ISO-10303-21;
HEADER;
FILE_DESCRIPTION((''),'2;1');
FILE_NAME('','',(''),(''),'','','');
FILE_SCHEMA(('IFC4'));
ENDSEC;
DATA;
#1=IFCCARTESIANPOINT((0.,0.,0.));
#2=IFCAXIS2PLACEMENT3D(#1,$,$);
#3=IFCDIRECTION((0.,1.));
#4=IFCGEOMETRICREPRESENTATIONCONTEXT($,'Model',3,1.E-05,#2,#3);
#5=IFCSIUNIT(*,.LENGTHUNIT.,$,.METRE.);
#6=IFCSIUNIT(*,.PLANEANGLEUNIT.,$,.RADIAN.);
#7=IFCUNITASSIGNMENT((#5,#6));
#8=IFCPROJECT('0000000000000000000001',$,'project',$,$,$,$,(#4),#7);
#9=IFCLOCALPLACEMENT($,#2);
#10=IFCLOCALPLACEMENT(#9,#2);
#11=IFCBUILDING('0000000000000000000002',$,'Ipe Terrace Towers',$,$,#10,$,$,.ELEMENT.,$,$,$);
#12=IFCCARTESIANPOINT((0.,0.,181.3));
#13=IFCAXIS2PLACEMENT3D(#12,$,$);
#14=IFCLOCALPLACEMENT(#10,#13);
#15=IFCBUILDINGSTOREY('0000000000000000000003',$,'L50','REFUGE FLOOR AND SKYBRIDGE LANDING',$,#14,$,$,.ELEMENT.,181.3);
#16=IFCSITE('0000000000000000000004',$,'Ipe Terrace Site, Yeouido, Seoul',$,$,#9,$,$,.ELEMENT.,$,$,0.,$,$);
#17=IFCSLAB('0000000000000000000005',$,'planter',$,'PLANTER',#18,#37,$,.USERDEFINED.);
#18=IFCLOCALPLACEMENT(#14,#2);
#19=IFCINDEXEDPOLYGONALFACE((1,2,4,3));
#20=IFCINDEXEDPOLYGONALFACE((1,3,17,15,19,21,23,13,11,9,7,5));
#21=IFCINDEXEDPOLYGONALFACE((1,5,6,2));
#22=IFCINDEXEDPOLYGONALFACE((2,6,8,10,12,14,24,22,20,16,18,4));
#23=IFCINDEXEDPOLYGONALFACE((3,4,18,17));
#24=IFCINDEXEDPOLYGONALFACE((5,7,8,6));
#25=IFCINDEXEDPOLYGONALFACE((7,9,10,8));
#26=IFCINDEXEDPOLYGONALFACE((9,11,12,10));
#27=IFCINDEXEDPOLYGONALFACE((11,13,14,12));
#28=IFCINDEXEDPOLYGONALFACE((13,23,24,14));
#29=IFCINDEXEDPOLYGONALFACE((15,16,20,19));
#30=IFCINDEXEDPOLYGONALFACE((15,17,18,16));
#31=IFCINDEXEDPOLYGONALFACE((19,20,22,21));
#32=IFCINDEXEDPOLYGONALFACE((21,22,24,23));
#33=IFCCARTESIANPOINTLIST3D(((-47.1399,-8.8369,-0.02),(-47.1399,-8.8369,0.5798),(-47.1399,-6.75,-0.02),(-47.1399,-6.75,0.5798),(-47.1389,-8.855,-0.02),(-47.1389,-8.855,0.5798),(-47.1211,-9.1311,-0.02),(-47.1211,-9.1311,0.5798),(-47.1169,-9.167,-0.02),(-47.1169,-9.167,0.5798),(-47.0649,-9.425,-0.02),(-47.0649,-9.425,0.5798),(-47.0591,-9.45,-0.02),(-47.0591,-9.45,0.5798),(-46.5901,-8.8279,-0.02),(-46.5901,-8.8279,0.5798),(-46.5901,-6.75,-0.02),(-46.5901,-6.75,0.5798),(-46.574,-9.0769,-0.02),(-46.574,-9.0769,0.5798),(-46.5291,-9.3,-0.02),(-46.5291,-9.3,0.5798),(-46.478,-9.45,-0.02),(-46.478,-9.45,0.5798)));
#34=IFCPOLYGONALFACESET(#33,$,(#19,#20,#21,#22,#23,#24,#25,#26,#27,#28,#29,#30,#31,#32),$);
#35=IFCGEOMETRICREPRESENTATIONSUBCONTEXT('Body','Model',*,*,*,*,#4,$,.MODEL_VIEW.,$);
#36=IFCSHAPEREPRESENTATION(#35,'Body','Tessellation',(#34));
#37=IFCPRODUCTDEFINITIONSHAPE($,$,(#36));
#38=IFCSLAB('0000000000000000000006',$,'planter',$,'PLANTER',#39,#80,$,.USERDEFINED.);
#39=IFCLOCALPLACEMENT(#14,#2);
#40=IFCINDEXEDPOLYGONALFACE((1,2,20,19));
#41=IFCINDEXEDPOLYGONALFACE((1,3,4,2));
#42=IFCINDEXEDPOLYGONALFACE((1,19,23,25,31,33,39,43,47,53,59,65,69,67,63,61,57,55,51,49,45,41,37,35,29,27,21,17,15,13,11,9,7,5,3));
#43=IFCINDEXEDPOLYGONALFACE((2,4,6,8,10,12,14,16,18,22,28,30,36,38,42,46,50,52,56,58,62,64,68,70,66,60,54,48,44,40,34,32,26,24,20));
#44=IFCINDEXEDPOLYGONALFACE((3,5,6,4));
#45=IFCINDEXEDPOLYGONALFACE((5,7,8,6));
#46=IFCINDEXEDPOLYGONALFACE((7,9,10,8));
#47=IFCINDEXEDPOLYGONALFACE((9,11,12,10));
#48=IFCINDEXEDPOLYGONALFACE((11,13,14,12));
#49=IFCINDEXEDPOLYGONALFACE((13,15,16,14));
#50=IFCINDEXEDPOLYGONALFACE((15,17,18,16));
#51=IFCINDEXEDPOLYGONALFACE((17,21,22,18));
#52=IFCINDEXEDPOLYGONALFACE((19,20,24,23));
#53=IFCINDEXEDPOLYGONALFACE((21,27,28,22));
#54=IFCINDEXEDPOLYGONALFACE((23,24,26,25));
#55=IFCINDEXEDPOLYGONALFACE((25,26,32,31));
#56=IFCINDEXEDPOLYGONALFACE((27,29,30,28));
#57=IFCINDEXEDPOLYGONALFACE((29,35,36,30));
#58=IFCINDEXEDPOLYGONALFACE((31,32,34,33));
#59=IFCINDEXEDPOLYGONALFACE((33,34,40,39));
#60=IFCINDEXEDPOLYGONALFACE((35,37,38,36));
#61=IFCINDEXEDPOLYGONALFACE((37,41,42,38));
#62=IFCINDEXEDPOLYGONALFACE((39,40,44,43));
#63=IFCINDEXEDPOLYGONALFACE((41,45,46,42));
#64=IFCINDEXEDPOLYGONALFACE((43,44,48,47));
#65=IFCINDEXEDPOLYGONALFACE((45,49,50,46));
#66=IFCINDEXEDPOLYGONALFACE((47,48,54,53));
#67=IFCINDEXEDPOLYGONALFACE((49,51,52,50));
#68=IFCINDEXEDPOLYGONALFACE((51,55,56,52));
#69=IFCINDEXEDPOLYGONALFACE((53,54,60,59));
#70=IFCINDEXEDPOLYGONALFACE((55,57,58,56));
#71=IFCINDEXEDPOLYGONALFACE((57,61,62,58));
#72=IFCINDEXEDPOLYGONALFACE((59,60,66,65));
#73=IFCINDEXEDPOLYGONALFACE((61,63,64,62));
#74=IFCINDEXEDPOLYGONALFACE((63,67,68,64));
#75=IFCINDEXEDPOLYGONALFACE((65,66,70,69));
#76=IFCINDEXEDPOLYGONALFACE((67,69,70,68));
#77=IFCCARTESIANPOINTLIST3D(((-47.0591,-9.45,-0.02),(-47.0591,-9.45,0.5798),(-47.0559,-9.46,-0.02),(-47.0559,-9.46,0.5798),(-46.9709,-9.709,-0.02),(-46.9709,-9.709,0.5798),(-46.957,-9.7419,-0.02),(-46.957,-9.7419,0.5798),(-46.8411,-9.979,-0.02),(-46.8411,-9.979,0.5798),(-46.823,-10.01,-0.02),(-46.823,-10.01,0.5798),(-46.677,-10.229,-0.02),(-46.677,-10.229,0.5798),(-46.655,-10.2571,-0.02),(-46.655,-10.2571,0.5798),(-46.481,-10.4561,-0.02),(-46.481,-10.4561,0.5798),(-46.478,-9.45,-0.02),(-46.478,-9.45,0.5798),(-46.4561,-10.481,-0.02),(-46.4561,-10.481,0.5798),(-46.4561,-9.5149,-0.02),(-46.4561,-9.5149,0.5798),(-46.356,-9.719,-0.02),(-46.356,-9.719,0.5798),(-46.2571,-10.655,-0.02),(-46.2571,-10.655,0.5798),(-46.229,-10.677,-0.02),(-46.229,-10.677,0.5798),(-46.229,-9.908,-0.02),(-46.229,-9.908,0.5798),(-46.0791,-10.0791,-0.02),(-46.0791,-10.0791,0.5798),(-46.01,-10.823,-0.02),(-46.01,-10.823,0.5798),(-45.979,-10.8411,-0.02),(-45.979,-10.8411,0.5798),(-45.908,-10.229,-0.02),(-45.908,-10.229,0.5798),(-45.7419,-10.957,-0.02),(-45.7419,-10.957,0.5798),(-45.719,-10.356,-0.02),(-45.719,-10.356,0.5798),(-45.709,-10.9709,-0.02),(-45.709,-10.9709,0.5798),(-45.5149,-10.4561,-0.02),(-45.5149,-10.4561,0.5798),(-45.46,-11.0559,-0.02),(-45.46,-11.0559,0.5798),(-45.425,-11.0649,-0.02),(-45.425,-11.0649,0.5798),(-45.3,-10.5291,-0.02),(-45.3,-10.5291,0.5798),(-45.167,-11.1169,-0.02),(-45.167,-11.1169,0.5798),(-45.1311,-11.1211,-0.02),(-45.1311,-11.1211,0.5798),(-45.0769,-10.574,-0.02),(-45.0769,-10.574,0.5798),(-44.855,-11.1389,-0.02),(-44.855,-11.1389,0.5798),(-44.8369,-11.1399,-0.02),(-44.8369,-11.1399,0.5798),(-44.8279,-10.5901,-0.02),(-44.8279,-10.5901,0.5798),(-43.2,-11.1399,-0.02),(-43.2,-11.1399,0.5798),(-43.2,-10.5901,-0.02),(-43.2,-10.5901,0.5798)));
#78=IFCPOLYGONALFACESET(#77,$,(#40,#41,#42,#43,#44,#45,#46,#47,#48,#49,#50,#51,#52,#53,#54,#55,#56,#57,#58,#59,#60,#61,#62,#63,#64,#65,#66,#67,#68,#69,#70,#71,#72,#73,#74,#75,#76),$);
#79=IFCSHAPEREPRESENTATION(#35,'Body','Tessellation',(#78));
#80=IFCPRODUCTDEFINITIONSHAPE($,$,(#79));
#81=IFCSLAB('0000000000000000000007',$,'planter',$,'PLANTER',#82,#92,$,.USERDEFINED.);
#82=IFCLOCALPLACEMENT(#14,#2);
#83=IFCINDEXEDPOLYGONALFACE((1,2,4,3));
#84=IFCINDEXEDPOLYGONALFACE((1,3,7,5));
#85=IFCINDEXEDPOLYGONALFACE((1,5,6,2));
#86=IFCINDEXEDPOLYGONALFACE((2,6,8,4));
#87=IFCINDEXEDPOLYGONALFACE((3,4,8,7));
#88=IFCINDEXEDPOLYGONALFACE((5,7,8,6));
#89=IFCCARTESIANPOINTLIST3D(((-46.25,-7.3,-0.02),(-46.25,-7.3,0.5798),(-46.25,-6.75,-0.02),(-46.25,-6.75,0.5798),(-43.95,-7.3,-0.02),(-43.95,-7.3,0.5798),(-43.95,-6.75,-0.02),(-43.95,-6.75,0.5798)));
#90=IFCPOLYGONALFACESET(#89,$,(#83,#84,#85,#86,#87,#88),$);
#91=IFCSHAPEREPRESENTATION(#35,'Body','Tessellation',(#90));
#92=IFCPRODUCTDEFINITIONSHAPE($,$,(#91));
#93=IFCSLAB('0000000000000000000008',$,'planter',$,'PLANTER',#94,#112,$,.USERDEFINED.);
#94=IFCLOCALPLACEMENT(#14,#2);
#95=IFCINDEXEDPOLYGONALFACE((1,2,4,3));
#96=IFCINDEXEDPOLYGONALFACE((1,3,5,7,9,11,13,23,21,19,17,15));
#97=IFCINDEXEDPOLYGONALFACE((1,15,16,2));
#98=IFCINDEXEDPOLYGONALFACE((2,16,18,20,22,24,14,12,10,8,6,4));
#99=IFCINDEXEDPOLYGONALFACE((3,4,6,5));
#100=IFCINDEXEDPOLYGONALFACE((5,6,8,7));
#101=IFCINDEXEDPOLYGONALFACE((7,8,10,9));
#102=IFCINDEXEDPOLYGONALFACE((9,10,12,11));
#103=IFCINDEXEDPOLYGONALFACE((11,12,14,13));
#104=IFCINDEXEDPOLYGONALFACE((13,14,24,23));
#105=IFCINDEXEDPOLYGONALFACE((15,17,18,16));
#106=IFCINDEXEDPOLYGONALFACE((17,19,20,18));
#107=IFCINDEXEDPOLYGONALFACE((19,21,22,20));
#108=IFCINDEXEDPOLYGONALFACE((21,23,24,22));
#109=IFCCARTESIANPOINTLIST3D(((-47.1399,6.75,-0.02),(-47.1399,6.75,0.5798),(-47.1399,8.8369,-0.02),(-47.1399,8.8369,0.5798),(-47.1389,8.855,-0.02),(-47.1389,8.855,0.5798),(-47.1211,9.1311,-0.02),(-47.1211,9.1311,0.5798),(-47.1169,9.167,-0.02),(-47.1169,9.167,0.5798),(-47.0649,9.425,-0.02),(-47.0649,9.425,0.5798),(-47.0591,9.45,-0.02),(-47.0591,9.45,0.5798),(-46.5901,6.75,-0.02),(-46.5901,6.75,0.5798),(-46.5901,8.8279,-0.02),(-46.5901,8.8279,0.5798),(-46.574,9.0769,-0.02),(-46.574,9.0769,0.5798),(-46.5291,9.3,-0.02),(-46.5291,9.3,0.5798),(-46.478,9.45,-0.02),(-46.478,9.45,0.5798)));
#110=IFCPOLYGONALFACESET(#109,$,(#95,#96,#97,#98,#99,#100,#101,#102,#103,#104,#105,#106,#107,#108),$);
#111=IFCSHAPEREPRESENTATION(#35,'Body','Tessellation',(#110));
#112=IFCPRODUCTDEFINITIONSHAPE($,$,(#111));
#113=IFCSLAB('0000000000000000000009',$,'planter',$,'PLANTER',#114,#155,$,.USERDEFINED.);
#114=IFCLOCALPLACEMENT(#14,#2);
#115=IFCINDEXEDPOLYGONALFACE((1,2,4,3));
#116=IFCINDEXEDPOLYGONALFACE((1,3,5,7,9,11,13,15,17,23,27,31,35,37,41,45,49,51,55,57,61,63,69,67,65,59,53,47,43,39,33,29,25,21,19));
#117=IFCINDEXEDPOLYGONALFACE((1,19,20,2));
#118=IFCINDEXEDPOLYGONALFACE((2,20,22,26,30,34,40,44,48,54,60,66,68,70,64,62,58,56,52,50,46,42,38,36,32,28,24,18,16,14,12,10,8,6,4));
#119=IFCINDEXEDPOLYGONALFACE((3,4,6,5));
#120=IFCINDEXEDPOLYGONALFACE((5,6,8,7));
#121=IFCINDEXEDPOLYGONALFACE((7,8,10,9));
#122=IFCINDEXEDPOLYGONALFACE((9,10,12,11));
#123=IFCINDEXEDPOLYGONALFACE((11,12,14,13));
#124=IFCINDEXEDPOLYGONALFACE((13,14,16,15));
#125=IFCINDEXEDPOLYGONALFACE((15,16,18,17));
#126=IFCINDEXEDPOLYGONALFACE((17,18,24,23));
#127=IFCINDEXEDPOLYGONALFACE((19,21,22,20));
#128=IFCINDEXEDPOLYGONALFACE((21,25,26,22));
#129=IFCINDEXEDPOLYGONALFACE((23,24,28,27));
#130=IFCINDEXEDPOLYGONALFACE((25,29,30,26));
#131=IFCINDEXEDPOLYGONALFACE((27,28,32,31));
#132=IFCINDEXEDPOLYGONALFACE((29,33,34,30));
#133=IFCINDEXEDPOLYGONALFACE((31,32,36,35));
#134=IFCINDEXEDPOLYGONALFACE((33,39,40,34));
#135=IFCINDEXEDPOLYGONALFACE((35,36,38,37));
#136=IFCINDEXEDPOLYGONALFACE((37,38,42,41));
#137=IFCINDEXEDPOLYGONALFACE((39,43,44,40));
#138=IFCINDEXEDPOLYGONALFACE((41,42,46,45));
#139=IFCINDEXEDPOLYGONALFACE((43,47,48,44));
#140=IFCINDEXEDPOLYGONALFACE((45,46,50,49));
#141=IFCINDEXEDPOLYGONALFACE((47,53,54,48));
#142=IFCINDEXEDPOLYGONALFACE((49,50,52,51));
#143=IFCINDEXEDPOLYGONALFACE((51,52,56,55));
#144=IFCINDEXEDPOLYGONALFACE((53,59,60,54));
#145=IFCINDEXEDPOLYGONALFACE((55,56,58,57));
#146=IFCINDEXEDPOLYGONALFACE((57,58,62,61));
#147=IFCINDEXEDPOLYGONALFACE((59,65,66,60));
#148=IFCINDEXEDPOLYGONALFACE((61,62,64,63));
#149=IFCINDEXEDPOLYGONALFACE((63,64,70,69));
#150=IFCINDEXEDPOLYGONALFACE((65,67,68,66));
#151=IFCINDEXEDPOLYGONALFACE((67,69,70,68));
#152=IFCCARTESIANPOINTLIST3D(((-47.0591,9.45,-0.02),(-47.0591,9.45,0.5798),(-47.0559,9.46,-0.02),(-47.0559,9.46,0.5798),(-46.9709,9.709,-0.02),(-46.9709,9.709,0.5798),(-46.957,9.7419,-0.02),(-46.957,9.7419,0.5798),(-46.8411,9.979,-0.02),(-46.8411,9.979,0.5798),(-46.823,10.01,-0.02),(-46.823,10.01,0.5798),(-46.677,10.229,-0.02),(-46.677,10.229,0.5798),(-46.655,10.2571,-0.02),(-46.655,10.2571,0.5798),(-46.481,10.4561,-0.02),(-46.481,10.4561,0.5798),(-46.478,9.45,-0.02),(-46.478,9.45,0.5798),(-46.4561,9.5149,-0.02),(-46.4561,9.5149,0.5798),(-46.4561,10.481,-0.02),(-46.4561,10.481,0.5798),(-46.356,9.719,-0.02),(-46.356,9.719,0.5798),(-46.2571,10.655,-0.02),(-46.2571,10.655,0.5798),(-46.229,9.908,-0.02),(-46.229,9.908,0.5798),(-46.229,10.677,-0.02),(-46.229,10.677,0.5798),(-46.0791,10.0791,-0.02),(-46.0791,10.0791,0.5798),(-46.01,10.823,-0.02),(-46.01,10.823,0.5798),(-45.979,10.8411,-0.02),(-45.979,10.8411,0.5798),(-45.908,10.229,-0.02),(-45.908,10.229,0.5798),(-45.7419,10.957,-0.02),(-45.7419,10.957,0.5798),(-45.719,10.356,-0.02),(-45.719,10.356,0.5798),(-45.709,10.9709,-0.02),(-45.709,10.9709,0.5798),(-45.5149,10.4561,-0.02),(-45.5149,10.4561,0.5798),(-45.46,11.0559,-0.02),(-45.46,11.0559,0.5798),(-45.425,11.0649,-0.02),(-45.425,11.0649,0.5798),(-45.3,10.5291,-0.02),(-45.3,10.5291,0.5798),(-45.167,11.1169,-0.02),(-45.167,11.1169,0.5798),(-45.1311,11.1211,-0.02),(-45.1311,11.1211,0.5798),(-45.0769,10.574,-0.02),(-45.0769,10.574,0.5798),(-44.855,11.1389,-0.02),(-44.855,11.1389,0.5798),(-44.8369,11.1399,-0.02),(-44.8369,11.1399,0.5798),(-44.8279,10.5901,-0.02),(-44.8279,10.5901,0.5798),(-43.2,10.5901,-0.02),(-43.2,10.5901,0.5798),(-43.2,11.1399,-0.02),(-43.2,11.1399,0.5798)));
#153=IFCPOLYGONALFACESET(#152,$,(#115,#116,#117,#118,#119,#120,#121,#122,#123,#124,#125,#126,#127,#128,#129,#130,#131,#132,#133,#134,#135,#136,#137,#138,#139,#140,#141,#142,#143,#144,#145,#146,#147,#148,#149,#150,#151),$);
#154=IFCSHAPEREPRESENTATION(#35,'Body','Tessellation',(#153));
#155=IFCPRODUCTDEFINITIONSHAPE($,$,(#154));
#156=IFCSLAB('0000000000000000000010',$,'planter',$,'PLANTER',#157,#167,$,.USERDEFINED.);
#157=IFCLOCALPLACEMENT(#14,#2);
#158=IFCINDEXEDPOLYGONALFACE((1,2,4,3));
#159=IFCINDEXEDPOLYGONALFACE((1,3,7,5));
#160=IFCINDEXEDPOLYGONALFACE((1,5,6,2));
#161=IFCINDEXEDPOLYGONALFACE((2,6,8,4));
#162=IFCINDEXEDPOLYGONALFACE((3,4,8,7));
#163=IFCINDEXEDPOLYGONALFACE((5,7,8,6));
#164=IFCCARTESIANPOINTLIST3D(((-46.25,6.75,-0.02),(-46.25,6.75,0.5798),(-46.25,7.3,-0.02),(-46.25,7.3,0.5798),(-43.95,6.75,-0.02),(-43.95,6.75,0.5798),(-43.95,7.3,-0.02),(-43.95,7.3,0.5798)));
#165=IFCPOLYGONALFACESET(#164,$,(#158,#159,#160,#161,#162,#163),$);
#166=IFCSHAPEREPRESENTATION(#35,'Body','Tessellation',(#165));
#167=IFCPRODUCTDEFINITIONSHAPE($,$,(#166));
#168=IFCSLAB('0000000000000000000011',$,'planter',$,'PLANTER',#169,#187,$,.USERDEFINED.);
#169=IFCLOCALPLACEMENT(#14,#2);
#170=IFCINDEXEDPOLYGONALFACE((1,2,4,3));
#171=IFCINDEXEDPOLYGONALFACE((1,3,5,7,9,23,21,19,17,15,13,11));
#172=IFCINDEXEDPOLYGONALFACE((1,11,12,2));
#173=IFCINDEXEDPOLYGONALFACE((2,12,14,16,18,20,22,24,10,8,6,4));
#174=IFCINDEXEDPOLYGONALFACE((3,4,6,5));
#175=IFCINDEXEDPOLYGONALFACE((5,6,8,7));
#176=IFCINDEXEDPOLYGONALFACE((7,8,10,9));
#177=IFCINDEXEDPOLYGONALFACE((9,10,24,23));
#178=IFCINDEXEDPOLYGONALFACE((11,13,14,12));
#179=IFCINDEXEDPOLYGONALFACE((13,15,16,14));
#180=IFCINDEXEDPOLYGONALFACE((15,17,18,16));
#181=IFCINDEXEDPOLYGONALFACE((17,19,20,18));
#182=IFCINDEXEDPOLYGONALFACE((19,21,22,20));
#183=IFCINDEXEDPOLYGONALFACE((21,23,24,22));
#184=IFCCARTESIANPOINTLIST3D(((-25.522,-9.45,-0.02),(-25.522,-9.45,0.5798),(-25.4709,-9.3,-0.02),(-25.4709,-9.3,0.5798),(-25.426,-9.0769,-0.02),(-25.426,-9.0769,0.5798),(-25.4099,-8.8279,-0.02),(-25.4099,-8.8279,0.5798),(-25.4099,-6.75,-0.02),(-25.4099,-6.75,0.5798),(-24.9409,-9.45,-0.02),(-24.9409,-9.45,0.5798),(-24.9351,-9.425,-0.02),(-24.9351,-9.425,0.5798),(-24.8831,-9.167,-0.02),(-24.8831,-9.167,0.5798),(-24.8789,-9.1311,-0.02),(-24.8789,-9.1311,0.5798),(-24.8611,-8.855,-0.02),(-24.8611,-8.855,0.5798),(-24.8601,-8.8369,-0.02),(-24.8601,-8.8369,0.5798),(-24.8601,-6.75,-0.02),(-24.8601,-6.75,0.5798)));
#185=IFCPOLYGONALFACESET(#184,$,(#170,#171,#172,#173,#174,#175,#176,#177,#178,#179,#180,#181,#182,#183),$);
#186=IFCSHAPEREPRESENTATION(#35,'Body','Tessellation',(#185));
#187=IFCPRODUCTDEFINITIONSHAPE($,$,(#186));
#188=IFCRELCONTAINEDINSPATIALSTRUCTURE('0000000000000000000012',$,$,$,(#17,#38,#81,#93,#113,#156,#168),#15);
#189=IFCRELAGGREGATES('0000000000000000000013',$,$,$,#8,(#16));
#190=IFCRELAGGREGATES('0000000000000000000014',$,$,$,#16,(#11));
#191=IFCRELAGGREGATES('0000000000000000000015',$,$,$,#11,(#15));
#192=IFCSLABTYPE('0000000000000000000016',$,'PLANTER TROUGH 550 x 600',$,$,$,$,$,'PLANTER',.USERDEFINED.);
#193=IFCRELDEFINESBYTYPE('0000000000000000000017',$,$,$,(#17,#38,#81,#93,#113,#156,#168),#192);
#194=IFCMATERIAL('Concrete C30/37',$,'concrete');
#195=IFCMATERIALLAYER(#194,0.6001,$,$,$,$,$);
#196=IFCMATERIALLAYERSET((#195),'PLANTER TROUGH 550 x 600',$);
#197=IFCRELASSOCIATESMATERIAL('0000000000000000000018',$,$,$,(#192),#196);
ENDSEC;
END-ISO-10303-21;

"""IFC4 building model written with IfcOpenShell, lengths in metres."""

from ifc_helpers import new_model, si_unit, direction, frame, origin, place, context, subcontext, project, spatial, polyline, outline, extrude, material, layer, layer_set, type_object, element, save


model = new_model("IFC4")

# Units and contexts
model_context = context("Model", 3, precision=1e-05, world=origin(), true_north=direction((0.0, 1.0)))
body_context = subcontext(model_context, "Body", "Model", "MODEL_VIEW")
ifc_project = project(units=[si_unit("LENGTHUNIT", "METRE"), si_unit("PLANEANGLEUNIT", "RADIAN")], contexts=[model_context])

# Site, building, storey
site_placement = place(None, origin())
site = spatial("IfcSite", under=ifc_project, at=site_placement, Name="Ipe Terrace Site, Yeouido, Seoul", CompositionType="ELEMENT", RefElevation=0.0)
building_placement = place(site_placement, origin())
building = spatial("IfcBuilding", under=site, at=building_placement, Name="Ipe Terrace Towers", CompositionType="ELEMENT")
storey_placement = place(building_placement, frame((0.0, 0.0, 181.3)))
storey = spatial("IfcBuildingStorey", under=building, at=storey_placement, Name="L50", Description="REFUGE FLOOR AND SKYBRIDGE LANDING", CompositionType="ELEMENT", Elevation=181.3)

# Slabs
ifc_material_1 = material(Name="Concrete C30/37", Category="concrete")
ifc_layer_1 = layer(ifc_material_1, 0.6001)
ifc_layer_set_1 = layer_set([ifc_layer_1], Name="PLANTER TROUGH 550 x 600")
slab_type_1 = type_object("IfcSlabType", Name="PLANTER TROUGH 550 x 600", ElementType="PLANTER", PredefinedType="USERDEFINED", material=ifc_layer_set_1)
slab_1_placement = place(storey_placement, frame((0.0, 0.0, -0.02)))
element("IfcSlab", 1, at=slab_1_placement, inside=storey, type_object=slab_type_1, Name="planter", ObjectType="PLANTER", PredefinedType="USERDEFINED", context=body_context, shape_type="SweptSolid", body=[
    extrude(outline(polyline([(-46.5291, -9.3), (-46.574, -9.0769), (-46.5901, -8.8279), (-46.5901, -6.75), (-47.1399, -6.75), (-47.1399, -8.8369), (-47.1389, -8.855), (-47.1211, -9.1311), (-47.1169, -9.167), (-47.0649, -9.425), (-47.0591, -9.45), (-46.478, -9.45), (-46.5291, -9.3)])), origin(), (0.0, 0.0, 1.0), 0.5999),
])
slab_2_placement = place(storey_placement, frame((0.0, 0.0, -0.02)))
element("IfcSlab", 2, at=slab_2_placement, inside=storey, type_object=slab_type_1, Name="planter", ObjectType="PLANTER", PredefinedType="USERDEFINED", context=body_context, shape_type="SweptSolid", body=[
    extrude(outline(polyline([(-46.4561, -9.5149), (-46.478, -9.45), (-47.0591, -9.45), (-47.0559, -9.46), (-46.9709, -9.709), (-46.957, -9.7419), (-46.8411, -9.979), (-46.823, -10.01), (-46.677, -10.229), (-46.655, -10.2571), (-46.481, -10.4561), (-46.4561, -10.481), (-46.2571, -10.655), (-46.229, -10.677), (-46.01, -10.823), (-45.979, -10.8411), (-45.7419, -10.957), (-45.709, -10.9709), (-45.46, -11.0559), (-45.425, -11.0649), (-45.167, -11.1169), (-45.1311, -11.1211), (-44.855, -11.1389), (-44.8369, -11.1399), (-43.2, -11.1399), (-43.2, -10.5901), (-44.8279, -10.5901), (-45.0769, -10.574), (-45.3, -10.5291), (-45.5149, -10.4561), (-45.719, -10.356), (-45.908, -10.229), (-46.0791, -10.0791), (-46.229, -9.908), (-46.356, -9.719), (-46.4561, -9.5149)])), origin(), (0.0, 0.0, 1.0), 0.5999),
])
slab_3_placement = place(storey_placement, frame((0.0, 0.0, -0.02)))
element("IfcSlab", 3, at=slab_3_placement, inside=storey, type_object=slab_type_1, Name="planter", ObjectType="PLANTER", PredefinedType="USERDEFINED", context=body_context, shape_type="SweptSolid", body=[
    extrude(outline(polyline([(-43.95, -6.75), (-46.25, -6.75), (-46.25, -7.3), (-43.95, -7.3), (-43.95, -6.75)])), origin(), (0.0, 0.0, 1.0), 0.5999),
])
slab_4_placement = place(storey_placement, frame((0.0, 0.0, -0.02)))
element("IfcSlab", 4, at=slab_4_placement, inside=storey, type_object=slab_type_1, Name="planter", ObjectType="PLANTER", PredefinedType="USERDEFINED", context=body_context, shape_type="SweptSolid", body=[
    extrude(outline(polyline([(-46.5291, 9.3), (-46.478, 9.45), (-47.0591, 9.45), (-47.0649, 9.425), (-47.1169, 9.167), (-47.1211, 9.1311), (-47.1389, 8.855), (-47.1399, 8.8369), (-47.1399, 6.75), (-46.5901, 6.75), (-46.5901, 8.8279), (-46.574, 9.0769), (-46.5291, 9.3)])), origin(), (0.0, 0.0, 1.0), 0.5999),
])
slab_5_placement = place(storey_placement, frame((0.0, 0.0, -0.02)))
element("IfcSlab", 5, at=slab_5_placement, inside=storey, type_object=slab_type_1, Name="planter", ObjectType="PLANTER", PredefinedType="USERDEFINED", context=body_context, shape_type="SweptSolid", body=[
    extrude(outline(polyline([(-46.4561, 9.5149), (-46.356, 9.719), (-46.229, 9.908), (-46.0791, 10.0791), (-45.908, 10.229), (-45.719, 10.356), (-45.5149, 10.4561), (-45.3, 10.5291), (-45.0769, 10.574), (-44.8279, 10.5901), (-43.2, 10.5901), (-43.2, 11.1399), (-44.8369, 11.1399), (-44.855, 11.1389), (-45.1311, 11.1211), (-45.167, 11.1169), (-45.425, 11.0649), (-45.46, 11.0559), (-45.709, 10.9709), (-45.7419, 10.957), (-45.979, 10.8411), (-46.01, 10.823), (-46.229, 10.677), (-46.2571, 10.655), (-46.4561, 10.481), (-46.481, 10.4561), (-46.655, 10.2571), (-46.677, 10.229), (-46.823, 10.01), (-46.8411, 9.979), (-46.957, 9.7419), (-46.9709, 9.709), (-47.0559, 9.46), (-47.0591, 9.45), (-46.478, 9.45), (-46.4561, 9.5149)])), origin(), (0.0, 0.0, 1.0), 0.5999),
])
slab_6_placement = place(storey_placement, frame((0.0, 0.0, -0.02)))
element("IfcSlab", 6, at=slab_6_placement, inside=storey, type_object=slab_type_1, Name="planter", ObjectType="PLANTER", PredefinedType="USERDEFINED", context=body_context, shape_type="SweptSolid", body=[
    extrude(outline(polyline([(-43.95, 6.75), (-43.95, 7.3), (-46.25, 7.3), (-46.25, 6.75), (-43.95, 6.75)])), origin(), (0.0, 0.0, 1.0), 0.5999),
])
slab_7_placement = place(storey_placement, frame((0.0, 0.0, -0.02)))
element("IfcSlab", 7, at=slab_7_placement, inside=storey, type_object=slab_type_1, Name="planter", ObjectType="PLANTER", PredefinedType="USERDEFINED", context=body_context, shape_type="SweptSolid", body=[
    extrude(outline(polyline([(-25.4709, -9.3), (-25.522, -9.45), (-24.9409, -9.45), (-24.9351, -9.425), (-24.8831, -9.167), (-24.8789, -9.1311), (-24.8611, -8.855), (-24.8601, -8.8369), (-24.8601, -6.75), (-25.4099, -6.75), (-25.4099, -8.8279), (-25.426, -9.0769), (-25.4709, -9.3)])), origin(), (0.0, 0.0, 1.0), 0.5999),
])

save(model, "model.ifc")
